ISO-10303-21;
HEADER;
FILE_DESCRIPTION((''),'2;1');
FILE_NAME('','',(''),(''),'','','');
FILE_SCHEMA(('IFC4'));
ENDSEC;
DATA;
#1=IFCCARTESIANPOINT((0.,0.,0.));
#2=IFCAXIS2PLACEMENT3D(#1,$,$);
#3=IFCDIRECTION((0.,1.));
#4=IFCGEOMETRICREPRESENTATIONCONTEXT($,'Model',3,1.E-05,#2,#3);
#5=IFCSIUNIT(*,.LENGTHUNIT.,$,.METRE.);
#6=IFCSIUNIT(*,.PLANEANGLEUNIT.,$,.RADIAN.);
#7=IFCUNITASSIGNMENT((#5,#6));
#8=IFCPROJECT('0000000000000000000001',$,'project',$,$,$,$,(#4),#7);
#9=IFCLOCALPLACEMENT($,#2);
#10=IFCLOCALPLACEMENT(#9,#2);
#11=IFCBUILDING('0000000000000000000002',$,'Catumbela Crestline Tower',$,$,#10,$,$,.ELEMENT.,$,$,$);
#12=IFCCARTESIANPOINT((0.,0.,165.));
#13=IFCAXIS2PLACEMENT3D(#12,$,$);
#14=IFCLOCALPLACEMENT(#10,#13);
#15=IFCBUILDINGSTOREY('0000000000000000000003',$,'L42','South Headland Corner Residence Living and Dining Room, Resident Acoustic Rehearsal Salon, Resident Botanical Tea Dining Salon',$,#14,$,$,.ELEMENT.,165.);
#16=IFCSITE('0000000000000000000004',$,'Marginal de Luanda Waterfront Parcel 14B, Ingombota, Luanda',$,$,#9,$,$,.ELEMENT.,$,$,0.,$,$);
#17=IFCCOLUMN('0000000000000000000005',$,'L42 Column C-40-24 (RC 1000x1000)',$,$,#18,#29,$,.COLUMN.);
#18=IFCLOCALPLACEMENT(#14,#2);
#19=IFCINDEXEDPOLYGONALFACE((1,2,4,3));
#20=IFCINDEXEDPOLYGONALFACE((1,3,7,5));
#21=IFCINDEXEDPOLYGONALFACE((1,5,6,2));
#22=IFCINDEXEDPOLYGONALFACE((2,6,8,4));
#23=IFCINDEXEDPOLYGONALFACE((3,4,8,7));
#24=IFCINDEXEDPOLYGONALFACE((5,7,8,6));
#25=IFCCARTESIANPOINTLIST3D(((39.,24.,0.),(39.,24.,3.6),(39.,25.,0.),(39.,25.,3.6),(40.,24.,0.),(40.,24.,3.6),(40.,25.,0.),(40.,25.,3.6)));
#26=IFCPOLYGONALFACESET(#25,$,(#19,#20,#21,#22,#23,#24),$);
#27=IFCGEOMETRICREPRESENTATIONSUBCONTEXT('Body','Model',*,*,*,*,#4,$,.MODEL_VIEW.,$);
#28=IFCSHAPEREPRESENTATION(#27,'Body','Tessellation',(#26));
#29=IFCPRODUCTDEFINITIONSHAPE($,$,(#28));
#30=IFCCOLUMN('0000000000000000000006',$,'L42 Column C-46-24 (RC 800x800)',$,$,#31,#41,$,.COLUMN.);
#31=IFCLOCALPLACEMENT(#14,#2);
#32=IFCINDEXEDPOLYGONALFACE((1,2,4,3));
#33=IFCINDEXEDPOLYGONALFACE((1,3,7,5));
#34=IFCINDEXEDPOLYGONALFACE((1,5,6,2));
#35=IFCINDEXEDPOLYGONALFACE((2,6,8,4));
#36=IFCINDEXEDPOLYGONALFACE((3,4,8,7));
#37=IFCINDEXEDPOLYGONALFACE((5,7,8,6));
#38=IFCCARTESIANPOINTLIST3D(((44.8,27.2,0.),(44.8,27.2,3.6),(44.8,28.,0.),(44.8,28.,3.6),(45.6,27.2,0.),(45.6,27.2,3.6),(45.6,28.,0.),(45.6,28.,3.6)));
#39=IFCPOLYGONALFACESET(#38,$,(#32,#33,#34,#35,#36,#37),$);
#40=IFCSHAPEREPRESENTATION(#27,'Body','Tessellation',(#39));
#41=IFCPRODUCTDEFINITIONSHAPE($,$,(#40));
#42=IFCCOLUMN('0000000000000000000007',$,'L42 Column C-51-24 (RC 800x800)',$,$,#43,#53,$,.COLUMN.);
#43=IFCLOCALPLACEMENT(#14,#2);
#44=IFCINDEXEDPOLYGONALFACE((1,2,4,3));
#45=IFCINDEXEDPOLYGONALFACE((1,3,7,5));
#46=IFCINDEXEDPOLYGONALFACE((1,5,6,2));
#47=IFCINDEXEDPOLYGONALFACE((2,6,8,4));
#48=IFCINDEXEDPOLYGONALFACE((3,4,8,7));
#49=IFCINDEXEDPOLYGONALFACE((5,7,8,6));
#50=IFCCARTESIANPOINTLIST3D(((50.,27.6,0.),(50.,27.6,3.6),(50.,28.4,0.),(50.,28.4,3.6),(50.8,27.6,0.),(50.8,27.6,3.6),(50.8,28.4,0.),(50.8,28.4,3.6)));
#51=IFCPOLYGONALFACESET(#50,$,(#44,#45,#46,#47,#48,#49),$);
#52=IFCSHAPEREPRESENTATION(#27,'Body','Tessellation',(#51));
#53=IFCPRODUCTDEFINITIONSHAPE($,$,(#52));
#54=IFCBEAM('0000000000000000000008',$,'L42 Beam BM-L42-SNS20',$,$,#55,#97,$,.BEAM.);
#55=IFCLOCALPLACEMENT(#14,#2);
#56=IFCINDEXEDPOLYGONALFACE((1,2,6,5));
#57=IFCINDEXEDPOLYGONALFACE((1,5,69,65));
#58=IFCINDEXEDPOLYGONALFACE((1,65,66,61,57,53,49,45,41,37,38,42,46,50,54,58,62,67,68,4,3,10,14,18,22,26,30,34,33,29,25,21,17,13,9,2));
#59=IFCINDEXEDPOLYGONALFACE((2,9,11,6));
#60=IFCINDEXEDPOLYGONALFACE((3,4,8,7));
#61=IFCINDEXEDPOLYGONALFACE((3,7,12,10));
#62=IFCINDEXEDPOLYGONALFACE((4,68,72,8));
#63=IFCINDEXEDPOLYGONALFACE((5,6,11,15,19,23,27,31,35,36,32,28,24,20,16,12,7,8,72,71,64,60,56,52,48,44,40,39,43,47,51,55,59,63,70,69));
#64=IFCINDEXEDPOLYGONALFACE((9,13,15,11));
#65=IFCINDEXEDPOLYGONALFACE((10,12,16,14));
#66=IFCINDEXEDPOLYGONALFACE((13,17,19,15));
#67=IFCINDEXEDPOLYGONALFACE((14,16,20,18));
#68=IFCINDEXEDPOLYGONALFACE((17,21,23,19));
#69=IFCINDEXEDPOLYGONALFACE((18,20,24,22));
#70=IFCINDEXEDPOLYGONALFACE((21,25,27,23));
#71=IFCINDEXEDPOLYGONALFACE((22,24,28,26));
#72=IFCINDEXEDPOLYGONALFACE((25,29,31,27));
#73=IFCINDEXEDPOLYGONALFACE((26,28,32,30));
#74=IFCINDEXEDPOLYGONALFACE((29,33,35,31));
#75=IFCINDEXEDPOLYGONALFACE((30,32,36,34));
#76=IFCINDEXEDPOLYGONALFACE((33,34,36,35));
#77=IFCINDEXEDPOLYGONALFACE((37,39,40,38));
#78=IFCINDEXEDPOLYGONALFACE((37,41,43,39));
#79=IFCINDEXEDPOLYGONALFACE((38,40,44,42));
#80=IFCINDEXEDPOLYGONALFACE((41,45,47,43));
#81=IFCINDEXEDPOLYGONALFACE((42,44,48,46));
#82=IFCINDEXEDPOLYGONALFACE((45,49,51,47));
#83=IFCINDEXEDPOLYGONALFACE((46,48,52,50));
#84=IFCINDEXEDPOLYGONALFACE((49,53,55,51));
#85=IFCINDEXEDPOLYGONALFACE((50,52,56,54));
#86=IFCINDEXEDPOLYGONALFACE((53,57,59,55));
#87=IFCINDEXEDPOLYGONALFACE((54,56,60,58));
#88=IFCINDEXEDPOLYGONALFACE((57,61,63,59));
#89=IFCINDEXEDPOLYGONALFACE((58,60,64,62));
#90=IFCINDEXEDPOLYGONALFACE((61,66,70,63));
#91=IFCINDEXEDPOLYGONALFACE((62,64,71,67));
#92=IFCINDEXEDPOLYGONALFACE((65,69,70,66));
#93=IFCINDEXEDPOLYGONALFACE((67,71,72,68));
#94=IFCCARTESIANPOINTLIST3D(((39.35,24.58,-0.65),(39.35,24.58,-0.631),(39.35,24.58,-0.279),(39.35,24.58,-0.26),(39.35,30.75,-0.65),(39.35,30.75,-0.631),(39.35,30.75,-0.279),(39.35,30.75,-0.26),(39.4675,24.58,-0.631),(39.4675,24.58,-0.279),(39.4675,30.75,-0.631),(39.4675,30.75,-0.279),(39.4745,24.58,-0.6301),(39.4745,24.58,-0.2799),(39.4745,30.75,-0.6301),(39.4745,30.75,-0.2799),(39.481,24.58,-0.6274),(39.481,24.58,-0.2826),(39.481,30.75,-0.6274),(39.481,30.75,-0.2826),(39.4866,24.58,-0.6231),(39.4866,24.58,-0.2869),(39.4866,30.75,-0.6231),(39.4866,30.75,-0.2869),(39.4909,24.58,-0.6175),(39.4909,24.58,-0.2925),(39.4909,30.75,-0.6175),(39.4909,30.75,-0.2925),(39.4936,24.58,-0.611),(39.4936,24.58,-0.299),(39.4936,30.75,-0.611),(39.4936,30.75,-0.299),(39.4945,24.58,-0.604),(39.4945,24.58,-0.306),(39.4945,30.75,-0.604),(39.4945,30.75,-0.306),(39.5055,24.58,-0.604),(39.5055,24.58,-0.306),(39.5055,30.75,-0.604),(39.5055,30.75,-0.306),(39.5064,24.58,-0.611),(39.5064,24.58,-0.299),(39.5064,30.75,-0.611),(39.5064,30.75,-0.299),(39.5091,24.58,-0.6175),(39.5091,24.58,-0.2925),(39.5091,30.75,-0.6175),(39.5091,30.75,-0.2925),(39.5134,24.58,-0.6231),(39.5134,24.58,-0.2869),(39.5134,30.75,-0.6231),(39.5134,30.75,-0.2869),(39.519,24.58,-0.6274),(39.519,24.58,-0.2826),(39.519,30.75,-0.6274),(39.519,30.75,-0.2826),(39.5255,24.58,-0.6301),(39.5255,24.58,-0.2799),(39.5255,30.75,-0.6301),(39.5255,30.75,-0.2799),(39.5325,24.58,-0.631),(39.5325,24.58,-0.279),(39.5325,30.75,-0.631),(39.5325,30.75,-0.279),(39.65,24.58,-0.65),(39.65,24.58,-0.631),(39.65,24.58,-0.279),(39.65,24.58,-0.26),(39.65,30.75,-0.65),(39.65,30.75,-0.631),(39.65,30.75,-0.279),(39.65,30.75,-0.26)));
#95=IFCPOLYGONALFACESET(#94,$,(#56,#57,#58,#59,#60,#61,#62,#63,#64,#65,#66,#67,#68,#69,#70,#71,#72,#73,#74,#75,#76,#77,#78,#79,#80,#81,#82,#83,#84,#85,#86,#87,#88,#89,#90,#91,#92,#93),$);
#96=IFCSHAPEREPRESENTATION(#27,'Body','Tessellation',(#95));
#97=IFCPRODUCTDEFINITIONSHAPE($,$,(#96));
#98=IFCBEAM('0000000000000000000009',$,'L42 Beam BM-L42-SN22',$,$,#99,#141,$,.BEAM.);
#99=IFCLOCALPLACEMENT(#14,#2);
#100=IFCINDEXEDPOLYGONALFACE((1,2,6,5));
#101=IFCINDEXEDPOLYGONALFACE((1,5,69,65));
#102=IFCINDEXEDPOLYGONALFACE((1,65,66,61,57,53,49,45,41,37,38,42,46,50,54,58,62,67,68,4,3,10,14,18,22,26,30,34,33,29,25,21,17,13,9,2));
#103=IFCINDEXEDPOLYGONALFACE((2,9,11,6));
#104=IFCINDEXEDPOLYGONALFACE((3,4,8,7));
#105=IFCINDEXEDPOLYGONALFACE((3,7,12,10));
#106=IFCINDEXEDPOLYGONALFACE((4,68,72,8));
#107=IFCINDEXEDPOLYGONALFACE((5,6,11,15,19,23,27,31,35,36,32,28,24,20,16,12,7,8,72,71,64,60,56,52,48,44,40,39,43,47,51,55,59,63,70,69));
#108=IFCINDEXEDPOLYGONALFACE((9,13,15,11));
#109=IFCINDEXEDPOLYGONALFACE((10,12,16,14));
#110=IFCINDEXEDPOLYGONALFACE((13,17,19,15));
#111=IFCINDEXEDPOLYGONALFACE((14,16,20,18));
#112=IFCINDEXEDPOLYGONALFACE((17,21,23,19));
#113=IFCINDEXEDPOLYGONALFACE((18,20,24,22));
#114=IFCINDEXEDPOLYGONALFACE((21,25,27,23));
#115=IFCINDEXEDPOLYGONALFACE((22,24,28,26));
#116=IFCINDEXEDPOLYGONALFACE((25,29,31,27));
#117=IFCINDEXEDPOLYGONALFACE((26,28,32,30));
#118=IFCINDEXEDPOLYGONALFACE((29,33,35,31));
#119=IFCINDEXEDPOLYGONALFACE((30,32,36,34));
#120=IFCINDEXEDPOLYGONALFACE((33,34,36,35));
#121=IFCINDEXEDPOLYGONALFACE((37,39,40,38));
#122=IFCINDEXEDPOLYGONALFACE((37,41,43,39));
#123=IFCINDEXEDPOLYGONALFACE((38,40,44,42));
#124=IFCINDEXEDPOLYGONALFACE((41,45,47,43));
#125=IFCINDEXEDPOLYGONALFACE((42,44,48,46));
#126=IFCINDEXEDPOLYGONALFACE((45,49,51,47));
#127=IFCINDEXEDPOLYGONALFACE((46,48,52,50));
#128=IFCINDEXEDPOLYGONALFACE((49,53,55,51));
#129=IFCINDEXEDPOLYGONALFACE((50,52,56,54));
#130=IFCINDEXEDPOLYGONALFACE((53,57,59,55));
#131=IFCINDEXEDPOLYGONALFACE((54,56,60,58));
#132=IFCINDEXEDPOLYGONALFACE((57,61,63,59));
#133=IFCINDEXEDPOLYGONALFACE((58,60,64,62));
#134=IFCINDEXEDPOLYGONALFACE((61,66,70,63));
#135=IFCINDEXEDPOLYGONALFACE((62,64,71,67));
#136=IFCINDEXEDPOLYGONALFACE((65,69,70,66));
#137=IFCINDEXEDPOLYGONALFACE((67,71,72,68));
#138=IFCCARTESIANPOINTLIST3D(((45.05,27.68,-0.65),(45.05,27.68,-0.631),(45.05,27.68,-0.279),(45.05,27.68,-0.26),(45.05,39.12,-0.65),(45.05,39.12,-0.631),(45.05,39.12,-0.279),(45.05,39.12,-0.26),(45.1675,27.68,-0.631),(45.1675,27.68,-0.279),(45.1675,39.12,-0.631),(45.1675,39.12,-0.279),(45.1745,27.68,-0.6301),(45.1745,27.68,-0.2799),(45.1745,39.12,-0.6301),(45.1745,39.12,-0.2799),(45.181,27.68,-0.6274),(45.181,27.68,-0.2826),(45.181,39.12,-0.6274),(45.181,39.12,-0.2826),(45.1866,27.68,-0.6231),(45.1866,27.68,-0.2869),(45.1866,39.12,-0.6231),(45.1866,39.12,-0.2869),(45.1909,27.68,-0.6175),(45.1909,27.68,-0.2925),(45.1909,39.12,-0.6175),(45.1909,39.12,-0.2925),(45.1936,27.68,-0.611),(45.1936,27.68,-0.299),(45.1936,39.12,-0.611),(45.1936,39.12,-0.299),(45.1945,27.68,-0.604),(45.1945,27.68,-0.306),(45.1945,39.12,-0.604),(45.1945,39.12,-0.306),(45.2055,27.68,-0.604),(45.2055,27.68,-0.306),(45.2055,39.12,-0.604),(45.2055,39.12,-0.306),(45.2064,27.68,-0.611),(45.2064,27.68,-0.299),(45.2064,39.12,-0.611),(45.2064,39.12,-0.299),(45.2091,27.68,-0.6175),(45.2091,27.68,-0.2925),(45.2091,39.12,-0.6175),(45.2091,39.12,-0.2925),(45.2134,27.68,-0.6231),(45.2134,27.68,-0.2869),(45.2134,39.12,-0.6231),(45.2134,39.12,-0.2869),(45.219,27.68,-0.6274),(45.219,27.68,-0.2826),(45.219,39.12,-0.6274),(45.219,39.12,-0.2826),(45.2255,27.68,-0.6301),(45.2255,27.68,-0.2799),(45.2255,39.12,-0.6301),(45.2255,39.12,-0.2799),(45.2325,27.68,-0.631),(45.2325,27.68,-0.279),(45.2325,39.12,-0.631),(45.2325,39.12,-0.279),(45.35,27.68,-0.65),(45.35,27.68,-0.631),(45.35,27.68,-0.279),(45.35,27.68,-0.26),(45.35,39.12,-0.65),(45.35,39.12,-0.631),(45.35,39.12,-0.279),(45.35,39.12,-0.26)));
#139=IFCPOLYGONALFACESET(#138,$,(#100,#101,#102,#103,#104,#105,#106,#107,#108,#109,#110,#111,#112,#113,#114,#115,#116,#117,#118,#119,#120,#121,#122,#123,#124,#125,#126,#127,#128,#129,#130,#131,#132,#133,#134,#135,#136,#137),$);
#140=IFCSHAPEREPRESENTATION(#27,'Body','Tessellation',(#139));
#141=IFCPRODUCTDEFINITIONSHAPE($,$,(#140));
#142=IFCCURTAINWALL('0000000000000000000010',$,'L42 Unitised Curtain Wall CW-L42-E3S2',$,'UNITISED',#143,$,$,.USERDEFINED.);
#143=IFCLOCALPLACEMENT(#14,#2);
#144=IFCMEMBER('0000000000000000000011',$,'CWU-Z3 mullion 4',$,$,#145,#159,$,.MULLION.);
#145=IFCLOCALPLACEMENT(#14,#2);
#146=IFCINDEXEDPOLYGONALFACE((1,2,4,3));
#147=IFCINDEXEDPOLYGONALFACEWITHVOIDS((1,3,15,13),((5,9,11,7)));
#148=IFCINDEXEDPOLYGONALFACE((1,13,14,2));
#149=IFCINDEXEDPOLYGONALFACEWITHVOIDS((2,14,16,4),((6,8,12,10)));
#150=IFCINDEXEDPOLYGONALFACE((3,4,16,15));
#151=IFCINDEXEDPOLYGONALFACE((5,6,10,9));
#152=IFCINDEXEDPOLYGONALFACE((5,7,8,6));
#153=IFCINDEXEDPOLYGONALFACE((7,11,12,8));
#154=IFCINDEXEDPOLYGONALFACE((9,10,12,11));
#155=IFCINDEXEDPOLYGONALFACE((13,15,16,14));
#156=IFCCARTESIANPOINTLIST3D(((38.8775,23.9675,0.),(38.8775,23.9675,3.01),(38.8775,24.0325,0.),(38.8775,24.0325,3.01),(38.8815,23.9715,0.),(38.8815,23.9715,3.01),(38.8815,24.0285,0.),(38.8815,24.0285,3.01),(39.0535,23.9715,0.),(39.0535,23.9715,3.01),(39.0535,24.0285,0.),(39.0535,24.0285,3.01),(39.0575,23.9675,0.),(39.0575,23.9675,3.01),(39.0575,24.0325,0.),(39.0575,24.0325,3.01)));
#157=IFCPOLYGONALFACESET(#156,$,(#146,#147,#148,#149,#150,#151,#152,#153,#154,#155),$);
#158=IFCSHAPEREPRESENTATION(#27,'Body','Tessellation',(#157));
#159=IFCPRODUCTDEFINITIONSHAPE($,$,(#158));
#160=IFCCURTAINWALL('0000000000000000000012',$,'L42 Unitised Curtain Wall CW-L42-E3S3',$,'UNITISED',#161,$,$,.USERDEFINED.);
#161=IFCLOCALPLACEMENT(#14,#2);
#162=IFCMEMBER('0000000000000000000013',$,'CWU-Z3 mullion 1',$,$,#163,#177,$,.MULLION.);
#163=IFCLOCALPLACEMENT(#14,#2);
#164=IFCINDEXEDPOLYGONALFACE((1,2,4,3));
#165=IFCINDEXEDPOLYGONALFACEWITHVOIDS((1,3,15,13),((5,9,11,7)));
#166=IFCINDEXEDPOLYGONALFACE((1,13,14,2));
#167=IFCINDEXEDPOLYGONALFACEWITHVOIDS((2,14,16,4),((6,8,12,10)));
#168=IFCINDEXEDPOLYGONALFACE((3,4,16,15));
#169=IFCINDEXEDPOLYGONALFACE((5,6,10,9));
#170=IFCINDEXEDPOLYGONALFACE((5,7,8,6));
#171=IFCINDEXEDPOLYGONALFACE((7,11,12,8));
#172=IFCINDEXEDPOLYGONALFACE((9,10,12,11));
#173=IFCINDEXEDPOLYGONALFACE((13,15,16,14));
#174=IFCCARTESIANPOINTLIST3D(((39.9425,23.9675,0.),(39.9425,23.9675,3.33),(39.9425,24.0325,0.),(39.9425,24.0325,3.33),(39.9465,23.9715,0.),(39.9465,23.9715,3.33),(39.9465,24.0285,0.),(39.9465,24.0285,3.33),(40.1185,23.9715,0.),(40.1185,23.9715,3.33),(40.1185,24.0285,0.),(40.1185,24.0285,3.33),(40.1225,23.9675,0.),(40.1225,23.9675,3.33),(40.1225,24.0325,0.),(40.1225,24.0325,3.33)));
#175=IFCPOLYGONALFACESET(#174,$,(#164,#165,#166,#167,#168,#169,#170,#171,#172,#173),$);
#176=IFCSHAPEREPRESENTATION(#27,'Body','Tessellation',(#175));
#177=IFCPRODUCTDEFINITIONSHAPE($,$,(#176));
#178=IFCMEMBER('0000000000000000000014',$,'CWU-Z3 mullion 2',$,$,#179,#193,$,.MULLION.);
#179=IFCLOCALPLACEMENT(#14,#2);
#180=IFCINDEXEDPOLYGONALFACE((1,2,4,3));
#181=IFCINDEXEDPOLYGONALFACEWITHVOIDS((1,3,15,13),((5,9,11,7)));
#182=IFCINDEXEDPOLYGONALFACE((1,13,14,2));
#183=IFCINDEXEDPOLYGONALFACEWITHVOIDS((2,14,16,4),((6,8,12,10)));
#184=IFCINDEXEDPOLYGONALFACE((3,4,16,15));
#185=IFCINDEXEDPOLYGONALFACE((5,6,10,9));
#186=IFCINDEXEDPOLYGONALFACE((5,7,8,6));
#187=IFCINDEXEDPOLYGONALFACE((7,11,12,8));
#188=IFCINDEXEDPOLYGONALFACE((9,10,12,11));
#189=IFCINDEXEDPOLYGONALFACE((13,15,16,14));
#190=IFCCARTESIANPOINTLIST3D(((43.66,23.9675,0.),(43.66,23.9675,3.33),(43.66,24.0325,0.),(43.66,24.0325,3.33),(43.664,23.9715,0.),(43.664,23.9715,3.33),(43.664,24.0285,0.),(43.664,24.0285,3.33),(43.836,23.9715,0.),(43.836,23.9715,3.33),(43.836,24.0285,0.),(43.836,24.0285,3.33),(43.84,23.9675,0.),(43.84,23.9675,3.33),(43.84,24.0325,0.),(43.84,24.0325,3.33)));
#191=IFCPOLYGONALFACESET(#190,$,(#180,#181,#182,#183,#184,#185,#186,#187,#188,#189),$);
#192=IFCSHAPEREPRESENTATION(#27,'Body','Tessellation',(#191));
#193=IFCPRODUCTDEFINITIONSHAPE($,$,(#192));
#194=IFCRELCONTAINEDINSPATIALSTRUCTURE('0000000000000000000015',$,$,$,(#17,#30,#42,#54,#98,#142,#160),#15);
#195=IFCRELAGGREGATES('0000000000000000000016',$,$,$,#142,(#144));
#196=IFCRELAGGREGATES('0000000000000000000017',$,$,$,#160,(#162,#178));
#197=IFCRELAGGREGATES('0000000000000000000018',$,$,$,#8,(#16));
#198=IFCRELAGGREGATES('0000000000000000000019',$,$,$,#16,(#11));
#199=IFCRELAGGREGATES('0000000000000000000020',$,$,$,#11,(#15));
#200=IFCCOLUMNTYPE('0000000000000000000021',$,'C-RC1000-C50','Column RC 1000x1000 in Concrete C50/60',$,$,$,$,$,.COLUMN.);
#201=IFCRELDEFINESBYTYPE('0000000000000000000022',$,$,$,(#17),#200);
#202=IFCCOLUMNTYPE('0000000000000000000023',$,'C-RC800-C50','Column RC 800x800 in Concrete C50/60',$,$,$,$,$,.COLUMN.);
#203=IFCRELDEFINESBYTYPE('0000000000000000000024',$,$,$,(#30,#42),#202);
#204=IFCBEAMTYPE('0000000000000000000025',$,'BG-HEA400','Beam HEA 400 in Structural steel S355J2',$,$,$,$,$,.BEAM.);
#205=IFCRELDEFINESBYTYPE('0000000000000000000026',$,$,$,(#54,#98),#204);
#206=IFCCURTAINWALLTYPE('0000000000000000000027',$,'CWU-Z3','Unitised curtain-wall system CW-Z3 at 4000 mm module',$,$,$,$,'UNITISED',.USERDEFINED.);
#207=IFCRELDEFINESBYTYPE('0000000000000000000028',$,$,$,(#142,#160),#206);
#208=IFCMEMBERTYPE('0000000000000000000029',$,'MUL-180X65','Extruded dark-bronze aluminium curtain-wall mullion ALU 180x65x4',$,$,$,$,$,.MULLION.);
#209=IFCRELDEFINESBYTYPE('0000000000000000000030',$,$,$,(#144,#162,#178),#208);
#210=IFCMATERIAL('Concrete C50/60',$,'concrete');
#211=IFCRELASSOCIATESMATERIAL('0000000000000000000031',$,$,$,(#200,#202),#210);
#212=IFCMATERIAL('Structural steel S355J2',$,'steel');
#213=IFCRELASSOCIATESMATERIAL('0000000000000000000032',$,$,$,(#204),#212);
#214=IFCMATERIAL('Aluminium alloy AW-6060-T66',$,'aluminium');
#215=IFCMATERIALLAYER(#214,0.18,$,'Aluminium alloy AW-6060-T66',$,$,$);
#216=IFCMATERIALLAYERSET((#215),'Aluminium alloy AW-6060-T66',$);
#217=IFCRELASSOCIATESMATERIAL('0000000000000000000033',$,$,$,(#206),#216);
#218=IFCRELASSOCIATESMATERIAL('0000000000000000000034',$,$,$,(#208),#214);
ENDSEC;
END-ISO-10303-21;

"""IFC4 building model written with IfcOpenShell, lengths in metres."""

from ifc_helpers import new_model, si_unit, direction, frame, origin, origin_2d, place, context, subcontext, project, spatial, rectangle, hollow_rectangle, i_section, extrude, material, layer, layer_set, material_profile, profile_set, type_object, element, aggregate, save


model = new_model("IFC4")

# Units and contexts
model_context = context("Model", 3, precision=1e-05, world=origin(), true_north=direction((0.0, 1.0)))
body_context = subcontext(model_context, "Body", "Model", "MODEL_VIEW")
ifc_project = project(units=[si_unit("LENGTHUNIT", "METRE"), si_unit("PLANEANGLEUNIT", "RADIAN")], contexts=[model_context])

# Site, building, storey
site_placement = place(None, origin())
site = spatial("IfcSite", under=ifc_project, at=site_placement, Name="Marginal de Luanda Waterfront Parcel 14B, Ingombota, Luanda", CompositionType="ELEMENT", RefElevation=0.0)
building_placement = place(site_placement, origin())
building = spatial("IfcBuilding", under=site, at=building_placement, Name="Catumbela Crestline Tower", CompositionType="ELEMENT")
storey_placement = place(building_placement, frame((0.0, 0.0, 165.0)))
storey = spatial("IfcBuildingStorey", under=building, at=storey_placement, Name="L42", Description="South Headland Corner Residence Living and Dining Room, Resident Acoustic Rehearsal Salon, Resident Botanical Tea Dining Salon", CompositionType="ELEMENT", Elevation=165.0)

# Columns
ifc_material_1 = material(Name="Concrete C50/60", Category="concrete")
ifc_material_profile_1 = material_profile(ifc_material_1, rectangle(XDim=1.0, YDim=1.0, at=origin_2d()), Name="RC 1000x1000")
ifc_profile_set_1 = profile_set([ifc_material_profile_1], Name="Concrete C50/60")
column_type_1 = type_object("IfcColumnType", Name="C-RC1000-C50", Description="Column RC 1000x1000 in Concrete C50/60", PredefinedType="COLUMN", material=ifc_profile_set_1)
column_placement = place(storey_placement, frame((39.5, 24.5, 0.0), z_axis=(0.0, 0.0, 1.0), x_axis=(1.0, 0.0, 0.0)))
element("IfcColumn", 1, at=column_placement, inside=storey, type_object=column_type_1, Name="L42 Column C-40-24 (RC 1000x1000)", PredefinedType="COLUMN", context=body_context, shape_type="SweptSolid", body=[
    extrude(rectangle(XDim=1.0, YDim=1.0, at=origin_2d()), origin(), (0.0, 0.0, 1.0), 3.6),
])
ifc_material_profile_2 = material_profile(ifc_material_1, rectangle(XDim=0.8, YDim=0.8, at=origin_2d()), Name="RC 800x800")
ifc_profile_set_2 = profile_set([ifc_material_profile_2], Name="Concrete C50/60")
column_type_2 = type_object("IfcColumnType", Name="C-RC800-C50", Description="Column RC 800x800 in Concrete C50/60", PredefinedType="COLUMN", material=ifc_profile_set_2)
for number, where, z_axis, x_axis, name in (
    (2, (45.2, 27.6, 0.0), (0.0, 0.0, 1.0), (1.0, 0.0, 0.0), "L42 Column C-46-24 (RC 800x800)"),
    (3, (50.4, 28.0, 0.0), (0.0, 0.0, 1.0), (1.0, 0.0, 0.0), "L42 Column C-51-24 (RC 800x800)"),
):
    element("IfcColumn", number, at=place(storey_placement, frame(where, z_axis=z_axis, x_axis=x_axis)), inside=storey, type_object=column_type_2, Name=name, PredefinedType="COLUMN", context=body_context, shape_type="SweptSolid", body=[
        extrude(rectangle(XDim=0.8, YDim=0.8, at=origin_2d()), origin(), (0.0, 0.0, 1.0), 3.6),
    ])

# Beams
ifc_material_2 = material(Name="Structural steel S355J2", Category="steel")
ifc_material_profile_3 = material_profile(ifc_material_2, i_section(OverallWidth=0.3, OverallDepth=0.39, WebThickness=0.011, FlangeThickness=0.019, FilletRadius=0.027, at=origin_2d()), Name="HEA 400")
ifc_profile_set_3 = profile_set([ifc_material_profile_3], Name="Structural steel S355J2")
beam_type = type_object("IfcBeamType", Name="BG-HEA400", Description="Beam HEA 400 in Structural steel S355J2", PredefinedType="BEAM", material=ifc_profile_set_3)
beam_1_placement = place(storey_placement, frame((39.5, 24.58, -0.455), z_axis=(0.0, 1.0, 0.0), x_axis=(-1.0, 0.0, 0.0)))
element("IfcBeam", 4, at=beam_1_placement, inside=storey, type_object=beam_type, Name="L42 Beam BM-L42-SNS20", PredefinedType="BEAM", context=body_context, shape_type="SweptSolid", body=[
    extrude(i_section(OverallWidth=0.3, OverallDepth=0.39, WebThickness=0.011, FlangeThickness=0.019, FilletRadius=0.027, at=origin_2d()), origin(), (0.0, 0.0, 1.0), 6.17),
])
beam_2_placement = place(storey_placement, frame((45.2, 27.68, -0.455), z_axis=(0.0, 1.0, 0.0), x_axis=(-1.0, 0.0, 0.0)))
element("IfcBeam", 5, at=beam_2_placement, inside=storey, type_object=beam_type, Name="L42 Beam BM-L42-SN22", PredefinedType="BEAM", context=body_context, shape_type="SweptSolid", body=[
    extrude(i_section(OverallWidth=0.3, OverallDepth=0.39, WebThickness=0.011, FlangeThickness=0.019, FilletRadius=0.027, at=origin_2d()), origin(), (0.0, 0.0, 1.0), 11.44),
])

# Curtain wall, member
ifc_material_3 = material(Name="Aluminium alloy AW-6060-T66", Category="aluminium")
ifc_layer_1 = layer(ifc_material_3, 0.18, Name="Aluminium alloy AW-6060-T66")
ifc_layer_set_1 = layer_set([ifc_layer_1], Name="Aluminium alloy AW-6060-T66")
curtain_wall_type = type_object("IfcCurtainWallType", Name="CWU-Z3", Description="Unitised curtain-wall system CW-Z3 at 4000 mm module", ElementType="UNITISED", PredefinedType="USERDEFINED", material=ifc_layer_set_1)
curtain_wall_1_placement = place(storey_placement, origin())
curtain_wall_1 = element("IfcCurtainWall", 6, at=curtain_wall_1_placement, inside=storey, type_object=curtain_wall_type, Name="L42 Unitised Curtain Wall CW-L42-E3S2", ObjectType="UNITISED", PredefinedType="USERDEFINED")
ifc_material_profile_4 = material_profile(ifc_material_3, hollow_rectangle(XDim=0.065, YDim=0.18, WallThickness=0.004, at=origin_2d()), Name="ALU 180x65x4")
ifc_profile_set_4 = profile_set([ifc_material_profile_4], Name="Aluminium alloy AW-6060-T66")
member_type_1 = type_object("IfcMemberType", Name="MUL-180X65", Description="Extruded dark-bronze aluminium curtain-wall mullion ALU 180x65x4", PredefinedType="MULLION", material=ifc_profile_set_4)
member_1_placement = place(storey_placement, frame((38.9675, 24.0, 0.0), z_axis=(0.0, 0.0, 1.0), x_axis=(0.0, 1.0, 0.0)))
member_1 = element("IfcMember", 7, at=member_1_placement, type_object=member_type_1, Name="CWU-Z3 mullion 4", PredefinedType="MULLION", context=body_context, shape_type="SweptSolid", body=[
    extrude(hollow_rectangle(XDim=0.065, YDim=0.18, WallThickness=0.004, at=origin_2d()), origin(), (0.0, 0.0, 1.0), 3.01),
])

# Curtain wall, members
curtain_wall_2_placement = place(storey_placement, origin())
curtain_wall_2 = element("IfcCurtainWall", 8, at=curtain_wall_2_placement, inside=storey, type_object=curtain_wall_type, Name="L42 Unitised Curtain Wall CW-L42-E3S3", ObjectType="UNITISED", PredefinedType="USERDEFINED")
member_2_placement = place(storey_placement, frame((40.0325, 24.0, 0.0), z_axis=(0.0, 0.0, 1.0), x_axis=(0.0, 1.0, 0.0)))
member_2 = element("IfcMember", 9, at=member_2_placement, type_object=member_type_1, Name="CWU-Z3 mullion 1", PredefinedType="MULLION", context=body_context, shape_type="SweptSolid", body=[
    extrude(hollow_rectangle(XDim=0.065, YDim=0.18, WallThickness=0.004, at=origin_2d()), origin(), (0.0, 0.0, 1.0), 3.33),
])
member_3_placement = place(storey_placement, frame((43.75, 24.0, 0.0), z_axis=(0.0, 0.0, 1.0), x_axis=(0.0, 1.0, 0.0)))
member_3 = element("IfcMember", 10, at=member_3_placement, type_object=member_type_1, Name="CWU-Z3 mullion 2", PredefinedType="MULLION", context=body_context, shape_type="SweptSolid", body=[
    extrude(hollow_rectangle(XDim=0.065, YDim=0.18, WallThickness=0.004, at=origin_2d()), origin(), (0.0, 0.0, 1.0), 3.33),
])

aggregate(curtain_wall_1, [member_1])
aggregate(curtain_wall_2, [member_2, member_3])

save(model, "model.ifc")
